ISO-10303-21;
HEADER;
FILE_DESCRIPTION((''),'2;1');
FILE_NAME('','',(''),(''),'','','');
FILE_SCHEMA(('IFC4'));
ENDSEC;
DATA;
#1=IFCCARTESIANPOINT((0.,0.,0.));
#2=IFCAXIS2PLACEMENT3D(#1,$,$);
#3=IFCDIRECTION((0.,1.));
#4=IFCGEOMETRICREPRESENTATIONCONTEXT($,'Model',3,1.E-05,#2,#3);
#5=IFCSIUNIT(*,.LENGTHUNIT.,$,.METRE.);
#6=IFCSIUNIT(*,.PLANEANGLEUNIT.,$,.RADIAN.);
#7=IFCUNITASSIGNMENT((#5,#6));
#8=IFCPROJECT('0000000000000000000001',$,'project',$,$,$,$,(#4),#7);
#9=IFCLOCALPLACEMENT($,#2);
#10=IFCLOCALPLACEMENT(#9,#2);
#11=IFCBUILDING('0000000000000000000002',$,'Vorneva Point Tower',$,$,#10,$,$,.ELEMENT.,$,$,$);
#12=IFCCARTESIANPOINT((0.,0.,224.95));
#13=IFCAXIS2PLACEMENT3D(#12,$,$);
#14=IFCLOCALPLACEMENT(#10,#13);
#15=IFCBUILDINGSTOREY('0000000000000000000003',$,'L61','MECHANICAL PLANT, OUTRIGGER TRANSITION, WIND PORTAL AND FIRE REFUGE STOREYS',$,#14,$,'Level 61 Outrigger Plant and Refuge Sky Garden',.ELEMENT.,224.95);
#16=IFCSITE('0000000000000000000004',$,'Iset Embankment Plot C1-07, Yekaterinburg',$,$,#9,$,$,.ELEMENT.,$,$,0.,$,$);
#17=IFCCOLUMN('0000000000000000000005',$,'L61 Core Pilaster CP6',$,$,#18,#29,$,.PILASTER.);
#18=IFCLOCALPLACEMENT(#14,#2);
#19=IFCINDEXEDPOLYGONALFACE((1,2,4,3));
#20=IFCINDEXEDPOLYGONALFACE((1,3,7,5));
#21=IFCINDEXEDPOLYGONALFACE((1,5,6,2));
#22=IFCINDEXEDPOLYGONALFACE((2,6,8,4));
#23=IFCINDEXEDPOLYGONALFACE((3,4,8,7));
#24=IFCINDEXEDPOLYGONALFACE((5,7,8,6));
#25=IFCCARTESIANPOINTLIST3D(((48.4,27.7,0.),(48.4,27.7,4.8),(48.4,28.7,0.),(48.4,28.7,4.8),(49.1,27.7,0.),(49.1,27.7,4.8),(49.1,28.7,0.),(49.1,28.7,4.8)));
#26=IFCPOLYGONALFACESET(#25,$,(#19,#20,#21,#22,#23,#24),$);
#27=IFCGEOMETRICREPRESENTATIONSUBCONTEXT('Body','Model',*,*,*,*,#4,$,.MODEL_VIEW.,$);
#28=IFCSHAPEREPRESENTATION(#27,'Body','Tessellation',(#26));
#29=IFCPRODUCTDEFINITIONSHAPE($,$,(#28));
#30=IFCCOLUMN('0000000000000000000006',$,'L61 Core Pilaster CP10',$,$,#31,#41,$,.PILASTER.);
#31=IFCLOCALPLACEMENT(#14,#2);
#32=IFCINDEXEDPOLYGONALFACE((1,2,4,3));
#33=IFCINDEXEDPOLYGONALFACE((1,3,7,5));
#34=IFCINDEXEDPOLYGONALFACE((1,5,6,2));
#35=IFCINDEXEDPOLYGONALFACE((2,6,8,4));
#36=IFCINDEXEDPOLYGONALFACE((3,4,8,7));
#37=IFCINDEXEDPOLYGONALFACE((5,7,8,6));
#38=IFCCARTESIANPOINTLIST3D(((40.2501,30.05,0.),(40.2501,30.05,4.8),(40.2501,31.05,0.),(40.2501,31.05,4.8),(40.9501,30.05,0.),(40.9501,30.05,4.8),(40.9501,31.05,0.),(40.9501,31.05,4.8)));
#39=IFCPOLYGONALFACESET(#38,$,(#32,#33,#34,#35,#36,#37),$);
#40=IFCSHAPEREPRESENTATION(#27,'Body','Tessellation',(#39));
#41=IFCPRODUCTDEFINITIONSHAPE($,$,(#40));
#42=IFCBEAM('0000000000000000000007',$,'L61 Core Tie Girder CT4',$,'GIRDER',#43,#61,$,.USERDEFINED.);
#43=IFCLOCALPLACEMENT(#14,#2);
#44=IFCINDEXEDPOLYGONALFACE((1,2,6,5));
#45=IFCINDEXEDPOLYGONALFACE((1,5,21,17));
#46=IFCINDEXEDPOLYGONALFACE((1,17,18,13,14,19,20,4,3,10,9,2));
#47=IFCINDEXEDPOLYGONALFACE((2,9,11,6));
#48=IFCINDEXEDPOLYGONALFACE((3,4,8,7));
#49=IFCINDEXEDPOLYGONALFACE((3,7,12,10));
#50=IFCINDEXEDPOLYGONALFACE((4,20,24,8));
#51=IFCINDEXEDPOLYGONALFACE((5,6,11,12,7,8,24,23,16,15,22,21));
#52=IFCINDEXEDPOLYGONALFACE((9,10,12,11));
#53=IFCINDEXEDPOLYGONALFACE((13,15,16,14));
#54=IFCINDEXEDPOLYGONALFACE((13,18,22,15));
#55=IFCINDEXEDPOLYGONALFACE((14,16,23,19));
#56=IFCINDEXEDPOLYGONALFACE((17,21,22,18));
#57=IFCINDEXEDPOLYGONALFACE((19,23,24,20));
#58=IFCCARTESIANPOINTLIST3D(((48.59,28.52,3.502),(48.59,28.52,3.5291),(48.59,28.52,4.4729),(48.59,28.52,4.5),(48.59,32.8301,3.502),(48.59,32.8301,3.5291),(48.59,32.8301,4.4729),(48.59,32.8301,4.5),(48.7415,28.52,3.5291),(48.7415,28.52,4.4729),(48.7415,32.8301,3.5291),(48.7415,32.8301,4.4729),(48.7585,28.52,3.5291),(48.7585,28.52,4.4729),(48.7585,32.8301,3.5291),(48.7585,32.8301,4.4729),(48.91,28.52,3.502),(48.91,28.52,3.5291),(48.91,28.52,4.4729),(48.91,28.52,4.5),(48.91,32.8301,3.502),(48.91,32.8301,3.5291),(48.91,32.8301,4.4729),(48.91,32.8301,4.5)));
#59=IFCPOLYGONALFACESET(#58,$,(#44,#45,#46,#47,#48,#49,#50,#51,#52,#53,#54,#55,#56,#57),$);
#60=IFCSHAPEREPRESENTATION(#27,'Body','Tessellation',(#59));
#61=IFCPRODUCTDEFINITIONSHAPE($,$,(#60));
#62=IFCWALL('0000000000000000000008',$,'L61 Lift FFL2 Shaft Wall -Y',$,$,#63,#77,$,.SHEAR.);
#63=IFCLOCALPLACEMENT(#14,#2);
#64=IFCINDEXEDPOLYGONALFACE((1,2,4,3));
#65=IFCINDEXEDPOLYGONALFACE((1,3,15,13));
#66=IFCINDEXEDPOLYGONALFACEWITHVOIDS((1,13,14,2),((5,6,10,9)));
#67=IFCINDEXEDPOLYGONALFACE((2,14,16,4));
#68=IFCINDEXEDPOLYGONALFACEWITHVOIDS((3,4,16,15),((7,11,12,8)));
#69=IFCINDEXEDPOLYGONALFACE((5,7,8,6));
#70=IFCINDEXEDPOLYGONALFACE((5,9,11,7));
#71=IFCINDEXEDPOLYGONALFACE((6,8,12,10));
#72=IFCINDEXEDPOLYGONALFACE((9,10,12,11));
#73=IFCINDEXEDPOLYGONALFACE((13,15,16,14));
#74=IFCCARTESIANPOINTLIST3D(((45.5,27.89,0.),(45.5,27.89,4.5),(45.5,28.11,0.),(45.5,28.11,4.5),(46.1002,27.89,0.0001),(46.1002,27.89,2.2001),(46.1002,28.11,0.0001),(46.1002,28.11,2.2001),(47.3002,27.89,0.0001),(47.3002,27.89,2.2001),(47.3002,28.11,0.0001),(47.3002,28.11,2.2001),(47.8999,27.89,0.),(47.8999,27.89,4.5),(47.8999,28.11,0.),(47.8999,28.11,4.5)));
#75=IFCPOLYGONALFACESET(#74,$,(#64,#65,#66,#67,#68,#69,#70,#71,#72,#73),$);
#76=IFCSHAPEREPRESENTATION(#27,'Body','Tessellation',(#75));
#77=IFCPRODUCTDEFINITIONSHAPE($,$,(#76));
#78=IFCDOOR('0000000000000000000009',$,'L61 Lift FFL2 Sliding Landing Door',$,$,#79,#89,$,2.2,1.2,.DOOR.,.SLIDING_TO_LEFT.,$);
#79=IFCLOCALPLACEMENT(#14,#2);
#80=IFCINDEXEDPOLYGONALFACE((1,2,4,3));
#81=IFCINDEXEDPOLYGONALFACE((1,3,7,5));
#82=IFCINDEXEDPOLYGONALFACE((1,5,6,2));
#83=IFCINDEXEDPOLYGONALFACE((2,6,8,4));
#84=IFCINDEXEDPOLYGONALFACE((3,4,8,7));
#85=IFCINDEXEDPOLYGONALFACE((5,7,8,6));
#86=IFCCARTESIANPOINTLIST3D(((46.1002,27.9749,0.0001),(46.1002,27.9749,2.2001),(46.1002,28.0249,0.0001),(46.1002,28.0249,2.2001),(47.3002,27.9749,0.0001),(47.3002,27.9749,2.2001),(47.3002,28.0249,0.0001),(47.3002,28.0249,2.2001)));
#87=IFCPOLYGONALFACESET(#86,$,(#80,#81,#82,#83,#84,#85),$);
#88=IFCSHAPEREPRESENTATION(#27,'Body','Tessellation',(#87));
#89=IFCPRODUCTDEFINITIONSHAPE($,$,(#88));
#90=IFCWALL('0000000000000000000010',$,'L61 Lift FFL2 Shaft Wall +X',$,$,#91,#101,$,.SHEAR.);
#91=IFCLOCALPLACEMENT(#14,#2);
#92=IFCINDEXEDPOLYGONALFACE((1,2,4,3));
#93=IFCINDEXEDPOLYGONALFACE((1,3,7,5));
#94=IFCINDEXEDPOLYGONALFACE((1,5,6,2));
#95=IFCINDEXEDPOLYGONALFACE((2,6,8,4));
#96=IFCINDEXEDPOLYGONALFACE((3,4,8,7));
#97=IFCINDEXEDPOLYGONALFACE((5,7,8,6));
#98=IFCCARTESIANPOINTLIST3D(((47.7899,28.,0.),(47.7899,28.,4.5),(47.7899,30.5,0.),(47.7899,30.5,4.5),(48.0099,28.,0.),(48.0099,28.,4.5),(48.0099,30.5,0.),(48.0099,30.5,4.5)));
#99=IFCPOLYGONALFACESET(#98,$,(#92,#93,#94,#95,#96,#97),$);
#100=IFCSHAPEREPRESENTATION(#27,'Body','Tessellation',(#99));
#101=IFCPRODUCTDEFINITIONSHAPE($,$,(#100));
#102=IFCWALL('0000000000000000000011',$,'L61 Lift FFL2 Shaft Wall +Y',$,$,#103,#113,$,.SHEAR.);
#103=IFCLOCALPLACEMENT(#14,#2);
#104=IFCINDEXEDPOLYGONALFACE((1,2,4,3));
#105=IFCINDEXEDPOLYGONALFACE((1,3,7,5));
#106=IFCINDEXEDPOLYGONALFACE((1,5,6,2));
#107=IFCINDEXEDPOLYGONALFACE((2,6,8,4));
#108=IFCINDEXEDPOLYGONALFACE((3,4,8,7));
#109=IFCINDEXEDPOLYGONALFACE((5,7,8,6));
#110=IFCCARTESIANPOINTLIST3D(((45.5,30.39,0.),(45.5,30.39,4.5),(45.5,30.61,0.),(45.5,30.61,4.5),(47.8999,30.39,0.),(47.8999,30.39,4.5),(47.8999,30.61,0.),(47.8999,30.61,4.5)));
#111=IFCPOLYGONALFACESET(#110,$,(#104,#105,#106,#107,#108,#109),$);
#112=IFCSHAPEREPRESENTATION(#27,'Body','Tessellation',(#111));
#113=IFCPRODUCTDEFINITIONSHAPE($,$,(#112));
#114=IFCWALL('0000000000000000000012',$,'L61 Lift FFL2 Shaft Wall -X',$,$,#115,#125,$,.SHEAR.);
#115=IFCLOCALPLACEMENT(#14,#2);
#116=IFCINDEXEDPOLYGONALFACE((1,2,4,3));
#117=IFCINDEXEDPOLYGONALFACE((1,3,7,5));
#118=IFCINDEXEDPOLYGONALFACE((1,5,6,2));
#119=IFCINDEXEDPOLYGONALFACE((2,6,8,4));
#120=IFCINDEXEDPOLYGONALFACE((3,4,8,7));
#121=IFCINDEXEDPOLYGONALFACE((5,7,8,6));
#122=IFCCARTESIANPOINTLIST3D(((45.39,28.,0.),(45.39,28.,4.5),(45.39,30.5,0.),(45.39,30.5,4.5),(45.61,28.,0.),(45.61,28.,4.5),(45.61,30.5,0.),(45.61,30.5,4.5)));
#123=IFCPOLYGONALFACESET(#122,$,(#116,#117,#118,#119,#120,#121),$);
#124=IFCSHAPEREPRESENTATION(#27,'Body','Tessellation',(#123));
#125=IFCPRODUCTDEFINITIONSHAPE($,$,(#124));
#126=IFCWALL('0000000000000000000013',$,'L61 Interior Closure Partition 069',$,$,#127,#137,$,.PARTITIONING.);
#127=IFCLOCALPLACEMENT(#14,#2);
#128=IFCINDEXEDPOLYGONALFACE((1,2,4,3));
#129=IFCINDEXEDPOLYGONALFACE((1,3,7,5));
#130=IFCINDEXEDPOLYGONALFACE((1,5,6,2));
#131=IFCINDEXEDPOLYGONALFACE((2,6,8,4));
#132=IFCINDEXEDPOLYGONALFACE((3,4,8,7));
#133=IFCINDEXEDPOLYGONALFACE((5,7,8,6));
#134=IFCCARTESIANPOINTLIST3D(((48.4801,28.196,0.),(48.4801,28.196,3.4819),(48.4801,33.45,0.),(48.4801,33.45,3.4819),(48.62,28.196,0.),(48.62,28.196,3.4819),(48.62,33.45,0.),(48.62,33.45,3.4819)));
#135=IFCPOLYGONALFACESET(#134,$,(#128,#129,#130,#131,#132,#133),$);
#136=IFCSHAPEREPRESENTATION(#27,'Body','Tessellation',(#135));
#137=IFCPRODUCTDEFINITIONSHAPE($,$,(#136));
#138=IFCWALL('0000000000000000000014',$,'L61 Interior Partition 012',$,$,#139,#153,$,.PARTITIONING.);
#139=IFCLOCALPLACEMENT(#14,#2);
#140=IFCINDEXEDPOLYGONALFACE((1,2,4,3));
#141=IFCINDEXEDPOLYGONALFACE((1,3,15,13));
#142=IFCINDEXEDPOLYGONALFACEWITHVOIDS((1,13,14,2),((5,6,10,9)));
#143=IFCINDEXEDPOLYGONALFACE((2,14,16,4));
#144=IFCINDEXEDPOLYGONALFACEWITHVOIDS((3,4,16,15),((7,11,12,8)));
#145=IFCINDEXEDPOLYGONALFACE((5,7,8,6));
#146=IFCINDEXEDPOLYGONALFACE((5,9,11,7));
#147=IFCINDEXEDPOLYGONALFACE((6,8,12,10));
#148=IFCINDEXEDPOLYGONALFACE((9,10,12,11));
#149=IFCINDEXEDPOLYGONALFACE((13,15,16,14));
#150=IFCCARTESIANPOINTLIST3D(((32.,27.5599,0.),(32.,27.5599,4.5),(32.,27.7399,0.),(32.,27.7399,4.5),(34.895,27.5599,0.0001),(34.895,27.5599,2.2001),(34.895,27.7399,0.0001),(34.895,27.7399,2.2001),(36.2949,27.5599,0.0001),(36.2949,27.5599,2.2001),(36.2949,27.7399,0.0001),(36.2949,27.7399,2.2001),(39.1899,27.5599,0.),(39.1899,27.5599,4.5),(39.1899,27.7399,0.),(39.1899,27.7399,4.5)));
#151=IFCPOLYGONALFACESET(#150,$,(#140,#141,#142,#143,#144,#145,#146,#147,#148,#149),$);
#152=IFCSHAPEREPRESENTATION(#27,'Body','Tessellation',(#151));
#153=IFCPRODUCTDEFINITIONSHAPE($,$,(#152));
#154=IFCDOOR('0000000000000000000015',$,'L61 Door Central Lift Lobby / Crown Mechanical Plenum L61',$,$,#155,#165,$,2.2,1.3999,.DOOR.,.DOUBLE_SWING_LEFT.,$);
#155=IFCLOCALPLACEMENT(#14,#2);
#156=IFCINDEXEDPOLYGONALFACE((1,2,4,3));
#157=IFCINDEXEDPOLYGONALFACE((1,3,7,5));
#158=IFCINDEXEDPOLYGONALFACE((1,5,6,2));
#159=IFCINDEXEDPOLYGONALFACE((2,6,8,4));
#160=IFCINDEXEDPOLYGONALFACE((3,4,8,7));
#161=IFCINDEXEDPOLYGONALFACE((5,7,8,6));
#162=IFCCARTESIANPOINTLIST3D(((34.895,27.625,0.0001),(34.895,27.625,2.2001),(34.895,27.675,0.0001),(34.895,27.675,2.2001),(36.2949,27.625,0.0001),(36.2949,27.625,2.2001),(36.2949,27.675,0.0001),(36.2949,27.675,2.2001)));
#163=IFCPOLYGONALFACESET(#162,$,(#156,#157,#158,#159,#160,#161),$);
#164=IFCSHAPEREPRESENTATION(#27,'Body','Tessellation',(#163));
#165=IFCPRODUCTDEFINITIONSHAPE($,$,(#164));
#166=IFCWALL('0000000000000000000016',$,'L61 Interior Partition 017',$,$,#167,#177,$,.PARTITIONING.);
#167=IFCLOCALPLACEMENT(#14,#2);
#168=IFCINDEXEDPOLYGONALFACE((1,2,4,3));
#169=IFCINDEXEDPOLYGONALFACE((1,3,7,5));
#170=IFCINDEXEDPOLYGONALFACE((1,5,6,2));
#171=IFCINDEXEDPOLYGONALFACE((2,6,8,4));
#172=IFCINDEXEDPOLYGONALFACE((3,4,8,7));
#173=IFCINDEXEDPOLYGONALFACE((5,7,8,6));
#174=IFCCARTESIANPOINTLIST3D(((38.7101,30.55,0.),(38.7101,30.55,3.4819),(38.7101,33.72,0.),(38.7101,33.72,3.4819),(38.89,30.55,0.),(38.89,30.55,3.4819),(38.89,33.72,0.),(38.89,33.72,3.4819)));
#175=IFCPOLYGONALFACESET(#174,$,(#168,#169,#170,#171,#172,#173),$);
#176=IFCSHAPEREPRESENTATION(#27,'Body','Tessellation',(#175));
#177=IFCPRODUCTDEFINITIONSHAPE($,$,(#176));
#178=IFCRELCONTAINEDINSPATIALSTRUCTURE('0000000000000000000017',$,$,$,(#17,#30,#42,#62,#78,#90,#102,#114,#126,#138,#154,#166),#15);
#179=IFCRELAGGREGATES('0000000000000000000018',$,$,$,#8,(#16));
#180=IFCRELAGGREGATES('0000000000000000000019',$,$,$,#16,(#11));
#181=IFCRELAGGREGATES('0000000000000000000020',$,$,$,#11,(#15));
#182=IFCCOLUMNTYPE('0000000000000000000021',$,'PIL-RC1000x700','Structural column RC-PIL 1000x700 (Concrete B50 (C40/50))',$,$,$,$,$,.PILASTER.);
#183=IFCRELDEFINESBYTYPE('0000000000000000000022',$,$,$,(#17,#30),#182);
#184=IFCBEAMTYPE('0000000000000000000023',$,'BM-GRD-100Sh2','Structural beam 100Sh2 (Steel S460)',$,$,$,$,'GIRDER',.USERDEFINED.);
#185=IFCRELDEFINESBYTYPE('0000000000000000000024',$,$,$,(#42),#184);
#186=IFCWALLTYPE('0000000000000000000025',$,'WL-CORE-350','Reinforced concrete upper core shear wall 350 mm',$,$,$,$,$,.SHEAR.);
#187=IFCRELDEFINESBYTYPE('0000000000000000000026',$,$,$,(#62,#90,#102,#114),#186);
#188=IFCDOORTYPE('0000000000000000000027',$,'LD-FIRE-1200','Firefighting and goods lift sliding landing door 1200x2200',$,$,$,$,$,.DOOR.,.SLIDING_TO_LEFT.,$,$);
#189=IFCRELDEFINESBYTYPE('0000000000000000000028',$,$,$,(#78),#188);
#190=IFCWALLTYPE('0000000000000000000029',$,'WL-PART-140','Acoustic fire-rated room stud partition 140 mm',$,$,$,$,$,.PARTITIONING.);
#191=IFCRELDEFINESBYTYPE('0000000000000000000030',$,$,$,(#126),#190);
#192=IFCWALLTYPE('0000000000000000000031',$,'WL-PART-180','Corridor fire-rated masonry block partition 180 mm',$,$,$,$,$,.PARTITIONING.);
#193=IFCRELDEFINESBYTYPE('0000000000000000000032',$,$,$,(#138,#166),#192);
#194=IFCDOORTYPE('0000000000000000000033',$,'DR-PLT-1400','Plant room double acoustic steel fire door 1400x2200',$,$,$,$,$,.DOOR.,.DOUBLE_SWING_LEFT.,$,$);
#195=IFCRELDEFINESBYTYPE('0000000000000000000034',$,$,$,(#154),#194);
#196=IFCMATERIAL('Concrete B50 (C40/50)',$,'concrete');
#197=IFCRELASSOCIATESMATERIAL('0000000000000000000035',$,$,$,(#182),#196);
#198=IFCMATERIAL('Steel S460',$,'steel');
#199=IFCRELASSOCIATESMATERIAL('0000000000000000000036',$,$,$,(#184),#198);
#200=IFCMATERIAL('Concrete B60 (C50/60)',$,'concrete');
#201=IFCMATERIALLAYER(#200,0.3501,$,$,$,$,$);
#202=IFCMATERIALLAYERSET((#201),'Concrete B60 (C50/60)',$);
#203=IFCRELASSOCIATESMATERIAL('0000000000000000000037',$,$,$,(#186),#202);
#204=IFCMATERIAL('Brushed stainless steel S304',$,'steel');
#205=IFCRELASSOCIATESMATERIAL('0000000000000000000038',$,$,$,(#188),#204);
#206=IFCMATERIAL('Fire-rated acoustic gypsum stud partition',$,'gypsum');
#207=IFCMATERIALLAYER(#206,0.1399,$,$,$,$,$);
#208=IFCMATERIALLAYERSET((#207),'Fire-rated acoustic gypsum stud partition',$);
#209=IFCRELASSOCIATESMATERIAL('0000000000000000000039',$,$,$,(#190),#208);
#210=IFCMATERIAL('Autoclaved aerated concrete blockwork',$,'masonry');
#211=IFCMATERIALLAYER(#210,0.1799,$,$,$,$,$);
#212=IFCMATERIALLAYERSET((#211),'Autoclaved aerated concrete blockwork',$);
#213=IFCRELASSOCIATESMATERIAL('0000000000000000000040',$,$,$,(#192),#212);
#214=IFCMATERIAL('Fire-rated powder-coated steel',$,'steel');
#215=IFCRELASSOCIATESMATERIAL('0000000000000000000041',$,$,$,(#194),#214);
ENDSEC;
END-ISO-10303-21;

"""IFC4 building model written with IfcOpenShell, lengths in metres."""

from ifc_helpers import new_model, si_unit, direction, frame, frame_2d, origin, origin_2d, place, context, subcontext, project, spatial, rectangle, i_section, extrude, material, layer, layer_set, material_profile, profile_set, type_object, element, fill, save


model = new_model("IFC4")

# Units and contexts
model_context = context("Model", 3, precision=1e-05, world=origin(), true_north=direction((0.0, 1.0)))
body_context = subcontext(model_context, "Body", "Model", "MODEL_VIEW")
ifc_project = project(units=[si_unit("LENGTHUNIT", "METRE"), si_unit("PLANEANGLEUNIT", "RADIAN")], contexts=[model_context])

# Site, building, storey
site_placement = place(None, origin())
site = spatial("IfcSite", under=ifc_project, at=site_placement, Name="Iset Embankment Plot C1-07, Yekaterinburg", CompositionType="ELEMENT", RefElevation=0.0)
building_placement = place(site_placement, origin())
building = spatial("IfcBuilding", under=site, at=building_placement, Name="Vorneva Point Tower", CompositionType="ELEMENT")
storey_placement = place(building_placement, frame((0.0, 0.0, 224.95)))
storey = spatial("IfcBuildingStorey", under=building, at=storey_placement, Name="L61", Description="MECHANICAL PLANT, OUTRIGGER TRANSITION, WIND PORTAL AND FIRE REFUGE STOREYS", LongName="Level 61 Outrigger Plant and Refuge Sky Garden", CompositionType="ELEMENT", Elevation=224.95)

# Columns
ifc_material_1 = material(Name="Concrete B50 (C40/50)", Category="concrete")
ifc_material_profile_1 = material_profile(ifc_material_1, rectangle(XDim=0.7, YDim=1.0, at=origin_2d()), Name="RC-PIL 1000x700")
ifc_profile_set_1 = profile_set([ifc_material_profile_1], Name="Concrete B50 (C40/50)")
column_type = type_object("IfcColumnType", Name="PIL-RC1000x700", Description="Structural column RC-PIL 1000x700 (Concrete B50 (C40/50))", PredefinedType="PILASTER", material=ifc_profile_set_1)
for number, where, z_axis, x_axis, name in (
    (1, (48.75, 28.2, 0.0), (0.0, 0.0, 1.0), (1.0, 0.0, 0.0), "L61 Core Pilaster CP6"),
    (2, (40.6001, 30.55, 0.0), (0.0, 0.0, 1.0), (1.0, 0.0, 0.0), "L61 Core Pilaster CP10"),
):
    element("IfcColumn", number, at=place(storey_placement, frame(where, z_axis=z_axis, x_axis=x_axis)), inside=storey, type_object=column_type, Name=name, PredefinedType="PILASTER", context=body_context, shape_type="SweptSolid", body=[
        extrude(rectangle(XDim=0.7, YDim=1.0, at=origin_2d()), origin(), (0.0, 0.0, 1.0), 4.8),
    ])

# Beam
ifc_material_2 = material(Name="Steel S460", Category="steel")
ifc_material_profile_2 = material_profile(ifc_material_2, i_section(OverallWidth=0.3201, OverallDepth=0.998, WebThickness=0.0171, FlangeThickness=0.0271, at=origin_2d()), Name="100Sh2")
ifc_profile_set_2 = profile_set([ifc_material_profile_2], Name="Steel S460")
beam_type = type_object("IfcBeamType", Name="BM-GRD-100Sh2", Description="Structural beam 100Sh2 (Steel S460)", ElementType="GIRDER", PredefinedType="USERDEFINED", material=ifc_profile_set_2)
beam_placement = place(storey_placement, frame((48.75, 28.52, 4.001), z_axis=(0.0, 1.0, 0.0), x_axis=(-1.0, 0.0, 0.0)))
element("IfcBeam", 3, at=beam_placement, inside=storey, type_object=beam_type, Name="L61 Core Tie Girder CT4", ObjectType="GIRDER", PredefinedType="USERDEFINED", context=body_context, shape_type="SweptSolid", body=[
    extrude(i_section(OverallWidth=0.3201, OverallDepth=0.998, WebThickness=0.0171, FlangeThickness=0.0271, at=origin_2d()), origin(), (0.0, 0.0, 1.0), 4.3101),
])

# Wall, opening, door
ifc_material_3 = material(Name="Concrete B60 (C50/60)", Category="concrete")
ifc_layer_1 = layer(ifc_material_3, 0.3501)
ifc_layer_set_1 = layer_set([ifc_layer_1], Name="Concrete B60 (C50/60)")
wall_type_1 = type_object("IfcWallType", Name="WL-CORE-350", Description="Reinforced concrete upper core shear wall 350 mm", PredefinedType="SHEAR", material=ifc_layer_set_1)
wall_1_placement = place(storey_placement, frame((45.5, 28.0, 0.0), z_axis=(0.0, 0.0, 1.0), x_axis=(1.0, 0.0, 0.0)))
wall_1 = element("IfcWall", 4, at=wall_1_placement, inside=storey, type_object=wall_type_1, Name="L61 Lift FFL2 Shaft Wall -Y", PredefinedType="SHEAR", context=body_context, shape_type="SweptSolid", body=[
    extrude(rectangle(XDim=2.3999, YDim=0.22, at=frame_2d((1.2, 0.0))), origin(), (0.0, 0.0, 1.0), 4.5),
])
opening_1_placement = place(wall_1_placement, frame((0.6001, 0.0, 0.0)))
opening_1 = element("IfcOpeningElement", 5, at=opening_1_placement, cuts=wall_1, PredefinedType="OPENING", context=body_context, shape_type="SweptSolid", body=[
    extrude(rectangle(XDim=1.2, YDim=2.2, at=frame_2d((0.6001, 1.1001))), frame((0.0, 0.125, 0.0), z_axis=(0.0, -1.0, 0.0), x_axis=(1.0, 0.0, 0.0)), (0.0, 0.0, 1.0), 0.2498),
])
ifc_material_4 = material(Name="Brushed stainless steel S304", Category="steel")
door_type_1 = type_object("IfcDoorType", Name="LD-FIRE-1200", Description="Firefighting and goods lift sliding landing door 1200x2200", OperationType="SLIDING_TO_LEFT", PredefinedType="DOOR", material=ifc_material_4)
door_1_placement = place(opening_1_placement, origin())
door_1 = element("IfcDoor", 6, at=door_1_placement, inside=storey, type_object=door_type_1, Name="L61 Lift FFL2 Sliding Landing Door", OperationType="SLIDING_TO_LEFT", OverallHeight=2.2, OverallWidth=1.2, PredefinedType="DOOR", context=body_context, shape_type="SweptSolid", body=[
    extrude(rectangle(XDim=1.2, YDim=2.2, at=frame_2d((0.6001, 1.1001))), frame((0.0, 0.0249, 0.0), z_axis=(0.0, -1.0, 0.0), x_axis=(1.0, 0.0, 0.0)), (0.0, 0.0, 1.0), 0.05),
])
fill(opening_1, door_1)

# Walls
wall_2_placement = place(storey_placement, frame((47.8999, 28.0, 0.0), z_axis=(0.0, 0.0, 1.0), x_axis=(0.0, 1.0, 0.0)))
element("IfcWall", 7, at=wall_2_placement, inside=storey, type_object=wall_type_1, Name="L61 Lift FFL2 Shaft Wall +X", PredefinedType="SHEAR", context=body_context, shape_type="SweptSolid", body=[
    extrude(rectangle(XDim=2.5, YDim=0.22, at=frame_2d((1.25, 0.0))), origin(), (0.0, 0.0, 1.0), 4.5),
])
wall_3_placement = place(storey_placement, frame((47.8999, 30.5, 0.0), z_axis=(0.0, 0.0, 1.0), x_axis=(-1.0, 0.0, 0.0)))
element("IfcWall", 8, at=wall_3_placement, inside=storey, type_object=wall_type_1, Name="L61 Lift FFL2 Shaft Wall +Y", PredefinedType="SHEAR", context=body_context, shape_type="SweptSolid", body=[
    extrude(rectangle(XDim=2.3999, YDim=0.22, at=frame_2d((1.2, 0.0))), origin(), (0.0, 0.0, 1.0), 4.5),
])
wall_4_placement = place(storey_placement, frame((45.5, 30.5, 0.0), z_axis=(0.0, 0.0, 1.0), x_axis=(0.0, -1.0, 0.0)))
element("IfcWall", 9, at=wall_4_placement, inside=storey, type_object=wall_type_1, Name="L61 Lift FFL2 Shaft Wall -X", PredefinedType="SHEAR", context=body_context, shape_type="SweptSolid", body=[
    extrude(rectangle(XDim=2.5, YDim=0.22, at=frame_2d((1.25, 0.0))), origin(), (0.0, 0.0, 1.0), 4.5),
])
ifc_material_5 = material(Name="Fire-rated acoustic gypsum stud partition", Category="gypsum")
ifc_layer_2 = layer(ifc_material_5, 0.1399)
ifc_layer_set_2 = layer_set([ifc_layer_2], Name="Fire-rated acoustic gypsum stud partition")
wall_type_2 = type_object("IfcWallType", Name="WL-PART-140", Description="Acoustic fire-rated room stud partition 140 mm", PredefinedType="PARTITIONING", material=ifc_layer_set_2)
wall_5_placement = place(storey_placement, frame((48.55, 28.196, 0.0), z_axis=(0.0, 0.0, 1.0), x_axis=(0.0, 1.0, 0.0)))
element("IfcWall", 10, at=wall_5_placement, inside=storey, type_object=wall_type_2, Name="L61 Interior Closure Partition 069", PredefinedType="PARTITIONING", context=body_context, shape_type="SweptSolid", body=[
    extrude(rectangle(XDim=5.2539, YDim=0.1399, at=frame_2d((2.627, 0.0))), origin(), (0.0, 0.0, 1.0), 3.4819),
])

# Wall, opening, door
ifc_material_6 = material(Name="Autoclaved aerated concrete blockwork", Category="masonry")
ifc_layer_3 = layer(ifc_material_6, 0.1799)
ifc_layer_set_3 = layer_set([ifc_layer_3], Name="Autoclaved aerated concrete blockwork")
wall_type_3 = type_object("IfcWallType", Name="WL-PART-180", Description="Corridor fire-rated masonry block partition 180 mm", PredefinedType="PARTITIONING", material=ifc_layer_set_3)
ifc_material_7 = material(Name="Fire-rated powder-coated steel", Category="steel")
wall_6_placement = place(storey_placement, frame((39.1899, 27.6499, 0.0), z_axis=(0.0, 0.0, 1.0), x_axis=(-1.0, 0.0, 0.0)))
wall_6 = element("IfcWall", 11, at=wall_6_placement, inside=storey, type_object=wall_type_3, Name="L61 Interior Partition 012", PredefinedType="PARTITIONING", context=body_context, shape_type="SweptSolid", body=[
    extrude(rectangle(XDim=7.1899, YDim=0.1799, at=frame_2d((3.595, 0.0))), origin(), (0.0, 0.0, 1.0), 4.5),
])
opening_2_placement = place(wall_6_placement, frame((2.895, 0.0, 0.0)))
opening_2 = element("IfcOpeningElement", 12, at=opening_2_placement, cuts=wall_6, PredefinedType="OPENING", context=body_context, shape_type="SweptSolid", body=[
    extrude(rectangle(XDim=1.3999, YDim=2.2, at=frame_2d((0.7, 1.1001))), frame((0.0, 0.105, 0.0), z_axis=(0.0, -1.0, 0.0), x_axis=(1.0, 0.0, 0.0)), (0.0, 0.0, 1.0), 0.2097),
])
door_type_2 = type_object("IfcDoorType", Name="DR-PLT-1400", Description="Plant room double acoustic steel fire door 1400x2200", OperationType="DOUBLE_SWING_LEFT", PredefinedType="DOOR", material=ifc_material_7)
door_2_placement = place(opening_2_placement, origin())
door_2 = element("IfcDoor", 13, at=door_2_placement, inside=storey, type_object=door_type_2, Name="L61 Door Central Lift Lobby / Crown Mechanical Plenum L61", OperationType="DOUBLE_SWING_LEFT", OverallHeight=2.2, OverallWidth=1.3999, PredefinedType="DOOR", context=body_context, shape_type="SweptSolid", body=[
    extrude(rectangle(XDim=1.3999, YDim=2.2, at=frame_2d((0.7, 1.1001))), frame((0.0, 0.0249, 0.0), z_axis=(0.0, -1.0, 0.0), x_axis=(1.0, 0.0, 0.0)), (0.0, 0.0, 1.0), 0.05),
])
fill(opening_2, door_2)

# Wall
wall_7_placement = place(storey_placement, frame((38.8, 30.55, 0.0), z_axis=(0.0, 0.0, 1.0), x_axis=(0.0, 1.0, 0.0)))
element("IfcWall", 14, at=wall_7_placement, inside=storey, type_object=wall_type_3, Name="L61 Interior Partition 017", PredefinedType="PARTITIONING", context=body_context, shape_type="SweptSolid", body=[
    extrude(rectangle(XDim=3.1699, YDim=0.1799, at=frame_2d((1.585, 0.0))), origin(), (0.0, 0.0, 1.0), 3.4819),
])

save(model, "model.ifc")
